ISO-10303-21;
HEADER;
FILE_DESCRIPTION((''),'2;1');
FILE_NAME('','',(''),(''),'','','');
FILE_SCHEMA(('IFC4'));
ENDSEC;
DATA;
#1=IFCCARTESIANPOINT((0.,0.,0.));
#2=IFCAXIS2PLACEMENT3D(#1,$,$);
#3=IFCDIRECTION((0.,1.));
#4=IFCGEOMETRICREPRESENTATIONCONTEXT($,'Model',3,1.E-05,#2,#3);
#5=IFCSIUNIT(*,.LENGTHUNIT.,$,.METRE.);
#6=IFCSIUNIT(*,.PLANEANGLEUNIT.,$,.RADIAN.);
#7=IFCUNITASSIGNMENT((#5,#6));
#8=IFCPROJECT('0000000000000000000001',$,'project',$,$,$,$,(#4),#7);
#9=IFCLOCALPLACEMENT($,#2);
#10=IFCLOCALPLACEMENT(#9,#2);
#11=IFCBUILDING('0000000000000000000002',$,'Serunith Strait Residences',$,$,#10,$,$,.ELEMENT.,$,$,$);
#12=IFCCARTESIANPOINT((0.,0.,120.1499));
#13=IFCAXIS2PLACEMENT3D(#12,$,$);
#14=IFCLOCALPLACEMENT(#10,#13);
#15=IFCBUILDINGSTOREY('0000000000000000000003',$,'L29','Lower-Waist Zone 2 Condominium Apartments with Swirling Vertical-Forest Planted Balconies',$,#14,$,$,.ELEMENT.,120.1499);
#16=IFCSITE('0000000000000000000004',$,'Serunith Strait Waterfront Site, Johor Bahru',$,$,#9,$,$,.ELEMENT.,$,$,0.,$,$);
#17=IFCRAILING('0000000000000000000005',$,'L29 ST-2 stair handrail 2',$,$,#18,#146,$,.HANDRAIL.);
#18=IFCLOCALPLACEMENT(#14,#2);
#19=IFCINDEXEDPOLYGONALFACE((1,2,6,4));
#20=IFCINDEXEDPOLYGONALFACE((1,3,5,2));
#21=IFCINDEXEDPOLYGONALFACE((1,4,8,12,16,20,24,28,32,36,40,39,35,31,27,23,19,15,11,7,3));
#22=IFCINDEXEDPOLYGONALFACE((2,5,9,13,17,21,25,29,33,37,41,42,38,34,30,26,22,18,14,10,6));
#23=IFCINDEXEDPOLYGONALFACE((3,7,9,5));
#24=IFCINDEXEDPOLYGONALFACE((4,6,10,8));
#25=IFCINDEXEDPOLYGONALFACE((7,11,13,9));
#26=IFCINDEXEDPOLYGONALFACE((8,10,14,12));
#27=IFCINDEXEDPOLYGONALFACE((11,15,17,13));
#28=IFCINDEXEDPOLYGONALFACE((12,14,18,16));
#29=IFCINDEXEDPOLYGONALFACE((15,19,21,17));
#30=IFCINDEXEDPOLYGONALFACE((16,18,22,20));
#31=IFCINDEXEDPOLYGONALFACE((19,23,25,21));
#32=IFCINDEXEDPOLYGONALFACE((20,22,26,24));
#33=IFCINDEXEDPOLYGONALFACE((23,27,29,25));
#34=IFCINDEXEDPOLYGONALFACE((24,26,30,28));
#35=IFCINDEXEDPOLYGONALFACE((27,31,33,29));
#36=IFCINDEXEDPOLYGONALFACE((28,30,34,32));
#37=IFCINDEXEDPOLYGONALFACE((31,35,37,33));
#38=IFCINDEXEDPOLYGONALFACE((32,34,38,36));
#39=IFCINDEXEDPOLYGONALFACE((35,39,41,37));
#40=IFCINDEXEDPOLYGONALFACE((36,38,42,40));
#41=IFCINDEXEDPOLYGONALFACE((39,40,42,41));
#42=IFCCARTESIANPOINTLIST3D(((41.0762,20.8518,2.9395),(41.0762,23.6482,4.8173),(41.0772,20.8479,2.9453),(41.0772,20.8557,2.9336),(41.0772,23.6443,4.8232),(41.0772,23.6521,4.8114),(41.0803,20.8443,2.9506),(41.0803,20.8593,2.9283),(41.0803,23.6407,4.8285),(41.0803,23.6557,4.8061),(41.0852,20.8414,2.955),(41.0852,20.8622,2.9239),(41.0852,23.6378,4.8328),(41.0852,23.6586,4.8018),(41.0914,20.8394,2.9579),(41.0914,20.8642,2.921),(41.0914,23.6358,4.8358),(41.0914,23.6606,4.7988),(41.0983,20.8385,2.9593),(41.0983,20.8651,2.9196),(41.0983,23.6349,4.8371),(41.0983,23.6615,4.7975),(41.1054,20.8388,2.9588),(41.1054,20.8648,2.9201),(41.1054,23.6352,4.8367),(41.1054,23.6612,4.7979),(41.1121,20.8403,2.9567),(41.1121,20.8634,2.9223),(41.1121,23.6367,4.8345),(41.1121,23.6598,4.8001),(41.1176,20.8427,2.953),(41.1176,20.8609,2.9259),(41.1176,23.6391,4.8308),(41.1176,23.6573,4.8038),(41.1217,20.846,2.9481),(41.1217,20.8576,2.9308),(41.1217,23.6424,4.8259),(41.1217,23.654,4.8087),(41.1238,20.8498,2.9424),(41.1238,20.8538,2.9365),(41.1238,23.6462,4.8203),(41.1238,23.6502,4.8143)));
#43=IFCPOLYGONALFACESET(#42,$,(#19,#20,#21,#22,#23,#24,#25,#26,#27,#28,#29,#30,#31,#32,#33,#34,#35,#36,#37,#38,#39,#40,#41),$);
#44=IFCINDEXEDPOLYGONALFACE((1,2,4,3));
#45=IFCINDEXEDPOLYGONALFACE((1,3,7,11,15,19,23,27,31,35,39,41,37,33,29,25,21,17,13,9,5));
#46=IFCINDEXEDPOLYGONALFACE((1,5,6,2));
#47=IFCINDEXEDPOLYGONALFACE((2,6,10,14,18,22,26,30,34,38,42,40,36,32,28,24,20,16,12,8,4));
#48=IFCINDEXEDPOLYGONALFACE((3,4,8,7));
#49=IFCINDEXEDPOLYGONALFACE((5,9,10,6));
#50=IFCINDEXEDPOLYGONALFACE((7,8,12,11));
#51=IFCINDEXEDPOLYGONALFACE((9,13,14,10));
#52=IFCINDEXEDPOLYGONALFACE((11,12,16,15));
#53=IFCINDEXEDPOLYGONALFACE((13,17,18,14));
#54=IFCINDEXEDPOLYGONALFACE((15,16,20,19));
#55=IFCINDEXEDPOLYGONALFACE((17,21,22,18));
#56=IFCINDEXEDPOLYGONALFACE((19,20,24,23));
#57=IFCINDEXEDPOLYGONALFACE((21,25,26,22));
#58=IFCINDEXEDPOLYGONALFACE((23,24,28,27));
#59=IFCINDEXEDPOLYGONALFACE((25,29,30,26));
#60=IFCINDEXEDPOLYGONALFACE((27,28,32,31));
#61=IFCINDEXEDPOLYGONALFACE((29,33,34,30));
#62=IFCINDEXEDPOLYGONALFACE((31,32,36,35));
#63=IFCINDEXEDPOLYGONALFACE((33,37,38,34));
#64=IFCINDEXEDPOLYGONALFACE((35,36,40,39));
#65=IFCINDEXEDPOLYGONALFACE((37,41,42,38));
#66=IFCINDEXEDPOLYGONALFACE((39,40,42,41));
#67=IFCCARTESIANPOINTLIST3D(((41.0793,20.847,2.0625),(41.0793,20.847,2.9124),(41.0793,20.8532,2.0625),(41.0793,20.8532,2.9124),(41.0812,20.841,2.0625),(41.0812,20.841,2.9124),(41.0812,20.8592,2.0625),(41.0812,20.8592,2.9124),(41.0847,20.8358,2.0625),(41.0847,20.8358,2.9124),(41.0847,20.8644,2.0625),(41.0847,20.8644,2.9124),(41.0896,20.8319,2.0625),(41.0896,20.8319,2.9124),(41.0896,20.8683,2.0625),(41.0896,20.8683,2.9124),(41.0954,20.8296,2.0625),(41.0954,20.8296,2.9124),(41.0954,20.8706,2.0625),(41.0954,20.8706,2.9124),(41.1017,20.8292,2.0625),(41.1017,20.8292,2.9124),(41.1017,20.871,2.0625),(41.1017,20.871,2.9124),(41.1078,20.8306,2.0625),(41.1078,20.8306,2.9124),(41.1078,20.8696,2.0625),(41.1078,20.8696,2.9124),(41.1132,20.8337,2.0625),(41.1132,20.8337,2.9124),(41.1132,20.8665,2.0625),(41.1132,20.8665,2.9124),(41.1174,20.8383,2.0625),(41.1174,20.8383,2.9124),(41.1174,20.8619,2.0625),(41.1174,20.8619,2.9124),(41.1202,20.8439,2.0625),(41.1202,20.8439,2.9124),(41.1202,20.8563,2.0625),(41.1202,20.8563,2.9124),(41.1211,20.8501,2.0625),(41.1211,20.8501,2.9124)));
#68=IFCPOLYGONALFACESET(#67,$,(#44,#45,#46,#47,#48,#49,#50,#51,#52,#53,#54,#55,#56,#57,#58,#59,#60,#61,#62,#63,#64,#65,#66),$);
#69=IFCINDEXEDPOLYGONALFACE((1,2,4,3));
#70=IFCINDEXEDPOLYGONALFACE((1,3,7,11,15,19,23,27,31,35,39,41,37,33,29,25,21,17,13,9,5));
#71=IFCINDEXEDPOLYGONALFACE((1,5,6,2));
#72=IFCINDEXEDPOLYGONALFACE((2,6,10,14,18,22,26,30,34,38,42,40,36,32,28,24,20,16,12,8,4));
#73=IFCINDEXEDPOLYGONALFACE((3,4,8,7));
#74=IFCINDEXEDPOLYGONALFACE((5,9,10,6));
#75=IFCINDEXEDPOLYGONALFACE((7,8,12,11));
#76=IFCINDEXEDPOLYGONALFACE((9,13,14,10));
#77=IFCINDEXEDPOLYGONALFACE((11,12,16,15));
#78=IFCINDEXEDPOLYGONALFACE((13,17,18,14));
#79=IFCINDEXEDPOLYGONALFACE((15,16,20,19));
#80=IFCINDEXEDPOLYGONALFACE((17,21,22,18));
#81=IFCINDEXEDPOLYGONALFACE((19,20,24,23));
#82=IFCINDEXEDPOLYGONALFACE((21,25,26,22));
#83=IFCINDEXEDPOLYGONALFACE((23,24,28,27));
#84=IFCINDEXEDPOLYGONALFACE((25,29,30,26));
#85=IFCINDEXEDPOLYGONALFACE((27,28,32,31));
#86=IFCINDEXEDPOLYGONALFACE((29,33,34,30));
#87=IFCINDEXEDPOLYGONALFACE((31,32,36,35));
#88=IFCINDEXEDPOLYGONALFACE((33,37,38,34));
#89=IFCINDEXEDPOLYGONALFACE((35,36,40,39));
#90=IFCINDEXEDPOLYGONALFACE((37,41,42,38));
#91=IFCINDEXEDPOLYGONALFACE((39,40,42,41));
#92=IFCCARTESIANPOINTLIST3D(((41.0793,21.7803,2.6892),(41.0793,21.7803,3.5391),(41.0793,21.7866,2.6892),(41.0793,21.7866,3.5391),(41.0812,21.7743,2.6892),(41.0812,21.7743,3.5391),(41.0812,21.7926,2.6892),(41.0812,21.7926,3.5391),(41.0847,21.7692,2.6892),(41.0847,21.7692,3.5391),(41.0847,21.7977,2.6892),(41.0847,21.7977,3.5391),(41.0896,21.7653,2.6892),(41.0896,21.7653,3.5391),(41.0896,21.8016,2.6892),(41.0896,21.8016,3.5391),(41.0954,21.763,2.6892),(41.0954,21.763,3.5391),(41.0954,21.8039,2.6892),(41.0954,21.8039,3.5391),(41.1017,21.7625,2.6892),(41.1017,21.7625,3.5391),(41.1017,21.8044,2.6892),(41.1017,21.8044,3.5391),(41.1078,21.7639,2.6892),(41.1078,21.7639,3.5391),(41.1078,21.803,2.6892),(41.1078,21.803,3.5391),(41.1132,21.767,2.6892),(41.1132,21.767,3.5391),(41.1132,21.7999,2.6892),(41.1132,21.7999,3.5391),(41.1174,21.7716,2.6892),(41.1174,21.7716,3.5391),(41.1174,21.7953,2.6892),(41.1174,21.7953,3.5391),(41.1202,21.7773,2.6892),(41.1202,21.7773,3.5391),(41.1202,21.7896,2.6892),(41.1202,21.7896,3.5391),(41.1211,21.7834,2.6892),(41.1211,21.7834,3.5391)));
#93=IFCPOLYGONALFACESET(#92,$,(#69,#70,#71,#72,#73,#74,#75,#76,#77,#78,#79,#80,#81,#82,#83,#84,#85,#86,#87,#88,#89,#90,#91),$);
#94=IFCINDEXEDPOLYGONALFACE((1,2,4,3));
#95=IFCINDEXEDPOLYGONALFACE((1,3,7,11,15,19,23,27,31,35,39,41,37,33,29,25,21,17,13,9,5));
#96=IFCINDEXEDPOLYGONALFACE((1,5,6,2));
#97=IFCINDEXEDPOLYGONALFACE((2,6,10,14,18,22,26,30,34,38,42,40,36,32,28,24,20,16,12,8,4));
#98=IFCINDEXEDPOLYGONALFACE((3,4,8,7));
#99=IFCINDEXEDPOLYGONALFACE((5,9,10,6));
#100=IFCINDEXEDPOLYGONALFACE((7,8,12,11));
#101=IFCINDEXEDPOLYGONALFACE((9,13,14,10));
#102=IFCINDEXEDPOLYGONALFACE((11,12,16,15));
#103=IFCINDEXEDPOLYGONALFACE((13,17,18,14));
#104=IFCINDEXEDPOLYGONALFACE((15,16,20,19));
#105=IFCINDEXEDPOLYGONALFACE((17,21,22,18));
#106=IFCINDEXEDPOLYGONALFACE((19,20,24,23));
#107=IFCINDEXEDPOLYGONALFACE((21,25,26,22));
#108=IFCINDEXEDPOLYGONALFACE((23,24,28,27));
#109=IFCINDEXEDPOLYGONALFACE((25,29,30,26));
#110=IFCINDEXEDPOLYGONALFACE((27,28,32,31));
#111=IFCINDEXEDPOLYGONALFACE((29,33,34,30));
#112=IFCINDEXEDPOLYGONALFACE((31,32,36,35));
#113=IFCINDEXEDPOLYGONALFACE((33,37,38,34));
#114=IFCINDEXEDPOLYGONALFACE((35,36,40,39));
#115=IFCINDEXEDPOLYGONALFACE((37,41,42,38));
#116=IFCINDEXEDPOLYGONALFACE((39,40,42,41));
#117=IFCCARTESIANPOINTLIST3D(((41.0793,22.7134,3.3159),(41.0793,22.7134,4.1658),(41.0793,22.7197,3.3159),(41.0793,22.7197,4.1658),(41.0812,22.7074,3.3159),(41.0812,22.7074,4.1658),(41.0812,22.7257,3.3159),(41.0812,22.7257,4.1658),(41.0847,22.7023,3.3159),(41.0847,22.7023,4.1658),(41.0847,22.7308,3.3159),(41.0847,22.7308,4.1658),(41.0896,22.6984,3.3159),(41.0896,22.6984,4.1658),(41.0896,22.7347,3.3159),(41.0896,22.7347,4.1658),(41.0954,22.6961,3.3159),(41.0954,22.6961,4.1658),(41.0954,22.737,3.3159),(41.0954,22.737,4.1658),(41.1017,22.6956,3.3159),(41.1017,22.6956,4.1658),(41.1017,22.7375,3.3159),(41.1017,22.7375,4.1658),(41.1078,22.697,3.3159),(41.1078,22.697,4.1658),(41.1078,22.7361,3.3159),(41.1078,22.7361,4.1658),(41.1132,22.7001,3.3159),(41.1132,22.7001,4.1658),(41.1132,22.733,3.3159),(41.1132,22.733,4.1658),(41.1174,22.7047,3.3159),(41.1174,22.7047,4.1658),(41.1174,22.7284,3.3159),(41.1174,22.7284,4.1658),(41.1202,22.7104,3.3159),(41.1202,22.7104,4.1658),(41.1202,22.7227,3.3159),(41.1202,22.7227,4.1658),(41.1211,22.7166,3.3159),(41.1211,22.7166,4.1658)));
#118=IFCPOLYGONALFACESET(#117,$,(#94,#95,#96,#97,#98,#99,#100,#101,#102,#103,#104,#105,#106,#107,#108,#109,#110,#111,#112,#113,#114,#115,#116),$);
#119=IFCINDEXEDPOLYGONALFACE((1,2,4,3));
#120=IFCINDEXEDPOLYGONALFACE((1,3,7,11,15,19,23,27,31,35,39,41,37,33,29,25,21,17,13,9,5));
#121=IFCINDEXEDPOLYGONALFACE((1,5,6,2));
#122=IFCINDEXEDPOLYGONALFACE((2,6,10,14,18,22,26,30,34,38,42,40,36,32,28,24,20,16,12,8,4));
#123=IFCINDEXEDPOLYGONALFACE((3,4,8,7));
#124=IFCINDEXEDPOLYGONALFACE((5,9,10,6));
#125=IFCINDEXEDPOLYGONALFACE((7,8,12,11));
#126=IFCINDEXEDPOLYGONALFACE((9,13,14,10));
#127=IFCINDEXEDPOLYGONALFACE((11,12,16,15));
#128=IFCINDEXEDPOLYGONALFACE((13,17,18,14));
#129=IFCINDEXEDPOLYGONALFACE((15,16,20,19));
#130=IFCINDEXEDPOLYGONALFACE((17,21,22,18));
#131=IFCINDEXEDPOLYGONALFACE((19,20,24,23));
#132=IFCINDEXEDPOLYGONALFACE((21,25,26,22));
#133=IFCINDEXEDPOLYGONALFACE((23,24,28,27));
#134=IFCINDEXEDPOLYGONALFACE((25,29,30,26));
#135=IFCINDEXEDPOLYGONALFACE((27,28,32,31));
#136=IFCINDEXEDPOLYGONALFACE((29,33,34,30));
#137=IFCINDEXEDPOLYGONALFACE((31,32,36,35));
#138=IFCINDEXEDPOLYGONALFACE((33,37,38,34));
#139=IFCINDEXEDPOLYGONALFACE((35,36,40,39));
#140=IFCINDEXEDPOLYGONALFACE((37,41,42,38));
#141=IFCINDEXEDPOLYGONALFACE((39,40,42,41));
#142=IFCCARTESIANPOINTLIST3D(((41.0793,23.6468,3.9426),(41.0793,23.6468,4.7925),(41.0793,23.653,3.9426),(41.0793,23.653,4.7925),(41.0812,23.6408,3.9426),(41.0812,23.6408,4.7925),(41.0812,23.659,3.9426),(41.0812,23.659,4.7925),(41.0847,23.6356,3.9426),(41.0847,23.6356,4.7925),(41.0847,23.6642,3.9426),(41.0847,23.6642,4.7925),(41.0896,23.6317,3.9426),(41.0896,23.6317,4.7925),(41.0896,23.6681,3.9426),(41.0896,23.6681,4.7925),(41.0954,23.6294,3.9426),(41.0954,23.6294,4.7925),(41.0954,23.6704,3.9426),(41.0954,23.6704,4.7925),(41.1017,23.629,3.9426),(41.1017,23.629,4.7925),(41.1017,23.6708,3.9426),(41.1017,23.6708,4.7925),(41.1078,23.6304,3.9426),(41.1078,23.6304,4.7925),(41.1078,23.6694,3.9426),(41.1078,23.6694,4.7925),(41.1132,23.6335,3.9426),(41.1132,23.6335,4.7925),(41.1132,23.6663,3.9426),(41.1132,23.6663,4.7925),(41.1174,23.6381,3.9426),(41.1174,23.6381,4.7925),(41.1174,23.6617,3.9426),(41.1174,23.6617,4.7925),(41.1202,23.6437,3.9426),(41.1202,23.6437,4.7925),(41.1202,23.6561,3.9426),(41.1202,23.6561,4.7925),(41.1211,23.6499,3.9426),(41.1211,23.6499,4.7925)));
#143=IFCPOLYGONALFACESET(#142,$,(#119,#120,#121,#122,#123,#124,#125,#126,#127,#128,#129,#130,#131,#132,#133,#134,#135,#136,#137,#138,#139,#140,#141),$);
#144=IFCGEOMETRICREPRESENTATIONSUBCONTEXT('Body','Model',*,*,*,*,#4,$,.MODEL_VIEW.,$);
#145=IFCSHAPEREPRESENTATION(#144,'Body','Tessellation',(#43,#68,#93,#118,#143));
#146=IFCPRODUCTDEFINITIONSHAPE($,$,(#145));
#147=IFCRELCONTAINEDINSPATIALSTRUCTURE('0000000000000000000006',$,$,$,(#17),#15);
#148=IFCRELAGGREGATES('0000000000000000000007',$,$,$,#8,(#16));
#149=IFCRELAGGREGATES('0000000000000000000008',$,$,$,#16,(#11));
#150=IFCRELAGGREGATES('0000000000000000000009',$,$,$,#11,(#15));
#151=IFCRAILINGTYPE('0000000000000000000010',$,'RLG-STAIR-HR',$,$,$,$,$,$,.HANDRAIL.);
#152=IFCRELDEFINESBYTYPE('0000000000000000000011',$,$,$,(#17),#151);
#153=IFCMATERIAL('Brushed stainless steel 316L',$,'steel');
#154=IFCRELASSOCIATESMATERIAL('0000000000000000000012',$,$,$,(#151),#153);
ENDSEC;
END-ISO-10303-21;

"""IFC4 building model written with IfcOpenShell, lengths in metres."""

from ifc_helpers import new_model, si_unit, direction, frame, origin, origin_2d, place, context, subcontext, project, spatial, circle, extrude, material, type_object, element, save


model = new_model("IFC4")

# Units and contexts
model_context = context("Model", 3, precision=1e-05, world=origin(), true_north=direction((0.0, 1.0)))
body_context = subcontext(model_context, "Body", "Model", "MODEL_VIEW")
ifc_project = project(units=[si_unit("LENGTHUNIT", "METRE"), si_unit("PLANEANGLEUNIT", "RADIAN")], contexts=[model_context])

# Site, building, storey
site_placement = place(None, origin())
site = spatial("IfcSite", under=ifc_project, at=site_placement, Name="Serunith Strait Waterfront Site, Johor Bahru", CompositionType="ELEMENT", RefElevation=0.0)
building_placement = place(site_placement, origin())
building = spatial("IfcBuilding", under=site, at=building_placement, Name="Serunith Strait Residences", CompositionType="ELEMENT")
storey_placement = place(building_placement, frame((0.0, 0.0, 120.1499)))
storey = spatial("IfcBuildingStorey", under=building, at=storey_placement, Name="L29", Description="Lower-Waist Zone 2 Condominium Apartments with Swirling Vertical-Forest Planted Balconies", CompositionType="ELEMENT", Elevation=120.1499)

# Railing
ifc_material_1 = material(Name="Brushed stainless steel 316L", Category="steel")
railing_type_1 = type_object("IfcRailingType", Name="RLG-STAIR-HR", PredefinedType="HANDRAIL", material=ifc_material_1)
railing_1_placement = place(storey_placement, frame((41.1001, 20.8501, 2.0625)))
element("IfcRailing", 1, at=railing_1_placement, inside=storey, type_object=railing_type_1, Name="L29 ST-2 stair handrail 2", PredefinedType="HANDRAIL", context=body_context, shape_type="SweptSolid", body=[
    extrude(circle(Radius=0.0239, at=origin_2d()), frame((0.0, 0.0017, 0.877), z_axis=(0.0, 0.830186, 0.557487), x_axis=(-1.0, 0.0, 0.0)), (0.0, 0.0, 1.0), 3.3684),
    extrude(circle(Radius=0.021, at=origin_2d()), origin(), (0.0, 0.0, 1.0), 0.8499),
    extrude(circle(Radius=0.021, at=origin_2d()), frame((0.0, 0.9333, 0.6267)), (0.0, 0.0, 1.0), 0.8499),
    extrude(circle(Radius=0.021, at=origin_2d()), frame((0.0, 1.8665, 1.2534)), (0.0, 0.0, 1.0), 0.8499),
    extrude(circle(Radius=0.021, at=origin_2d()), frame((0.0, 2.7998, 1.8801)), (0.0, 0.0, 1.0), 0.8499),
])

save(model, "model.ifc")
